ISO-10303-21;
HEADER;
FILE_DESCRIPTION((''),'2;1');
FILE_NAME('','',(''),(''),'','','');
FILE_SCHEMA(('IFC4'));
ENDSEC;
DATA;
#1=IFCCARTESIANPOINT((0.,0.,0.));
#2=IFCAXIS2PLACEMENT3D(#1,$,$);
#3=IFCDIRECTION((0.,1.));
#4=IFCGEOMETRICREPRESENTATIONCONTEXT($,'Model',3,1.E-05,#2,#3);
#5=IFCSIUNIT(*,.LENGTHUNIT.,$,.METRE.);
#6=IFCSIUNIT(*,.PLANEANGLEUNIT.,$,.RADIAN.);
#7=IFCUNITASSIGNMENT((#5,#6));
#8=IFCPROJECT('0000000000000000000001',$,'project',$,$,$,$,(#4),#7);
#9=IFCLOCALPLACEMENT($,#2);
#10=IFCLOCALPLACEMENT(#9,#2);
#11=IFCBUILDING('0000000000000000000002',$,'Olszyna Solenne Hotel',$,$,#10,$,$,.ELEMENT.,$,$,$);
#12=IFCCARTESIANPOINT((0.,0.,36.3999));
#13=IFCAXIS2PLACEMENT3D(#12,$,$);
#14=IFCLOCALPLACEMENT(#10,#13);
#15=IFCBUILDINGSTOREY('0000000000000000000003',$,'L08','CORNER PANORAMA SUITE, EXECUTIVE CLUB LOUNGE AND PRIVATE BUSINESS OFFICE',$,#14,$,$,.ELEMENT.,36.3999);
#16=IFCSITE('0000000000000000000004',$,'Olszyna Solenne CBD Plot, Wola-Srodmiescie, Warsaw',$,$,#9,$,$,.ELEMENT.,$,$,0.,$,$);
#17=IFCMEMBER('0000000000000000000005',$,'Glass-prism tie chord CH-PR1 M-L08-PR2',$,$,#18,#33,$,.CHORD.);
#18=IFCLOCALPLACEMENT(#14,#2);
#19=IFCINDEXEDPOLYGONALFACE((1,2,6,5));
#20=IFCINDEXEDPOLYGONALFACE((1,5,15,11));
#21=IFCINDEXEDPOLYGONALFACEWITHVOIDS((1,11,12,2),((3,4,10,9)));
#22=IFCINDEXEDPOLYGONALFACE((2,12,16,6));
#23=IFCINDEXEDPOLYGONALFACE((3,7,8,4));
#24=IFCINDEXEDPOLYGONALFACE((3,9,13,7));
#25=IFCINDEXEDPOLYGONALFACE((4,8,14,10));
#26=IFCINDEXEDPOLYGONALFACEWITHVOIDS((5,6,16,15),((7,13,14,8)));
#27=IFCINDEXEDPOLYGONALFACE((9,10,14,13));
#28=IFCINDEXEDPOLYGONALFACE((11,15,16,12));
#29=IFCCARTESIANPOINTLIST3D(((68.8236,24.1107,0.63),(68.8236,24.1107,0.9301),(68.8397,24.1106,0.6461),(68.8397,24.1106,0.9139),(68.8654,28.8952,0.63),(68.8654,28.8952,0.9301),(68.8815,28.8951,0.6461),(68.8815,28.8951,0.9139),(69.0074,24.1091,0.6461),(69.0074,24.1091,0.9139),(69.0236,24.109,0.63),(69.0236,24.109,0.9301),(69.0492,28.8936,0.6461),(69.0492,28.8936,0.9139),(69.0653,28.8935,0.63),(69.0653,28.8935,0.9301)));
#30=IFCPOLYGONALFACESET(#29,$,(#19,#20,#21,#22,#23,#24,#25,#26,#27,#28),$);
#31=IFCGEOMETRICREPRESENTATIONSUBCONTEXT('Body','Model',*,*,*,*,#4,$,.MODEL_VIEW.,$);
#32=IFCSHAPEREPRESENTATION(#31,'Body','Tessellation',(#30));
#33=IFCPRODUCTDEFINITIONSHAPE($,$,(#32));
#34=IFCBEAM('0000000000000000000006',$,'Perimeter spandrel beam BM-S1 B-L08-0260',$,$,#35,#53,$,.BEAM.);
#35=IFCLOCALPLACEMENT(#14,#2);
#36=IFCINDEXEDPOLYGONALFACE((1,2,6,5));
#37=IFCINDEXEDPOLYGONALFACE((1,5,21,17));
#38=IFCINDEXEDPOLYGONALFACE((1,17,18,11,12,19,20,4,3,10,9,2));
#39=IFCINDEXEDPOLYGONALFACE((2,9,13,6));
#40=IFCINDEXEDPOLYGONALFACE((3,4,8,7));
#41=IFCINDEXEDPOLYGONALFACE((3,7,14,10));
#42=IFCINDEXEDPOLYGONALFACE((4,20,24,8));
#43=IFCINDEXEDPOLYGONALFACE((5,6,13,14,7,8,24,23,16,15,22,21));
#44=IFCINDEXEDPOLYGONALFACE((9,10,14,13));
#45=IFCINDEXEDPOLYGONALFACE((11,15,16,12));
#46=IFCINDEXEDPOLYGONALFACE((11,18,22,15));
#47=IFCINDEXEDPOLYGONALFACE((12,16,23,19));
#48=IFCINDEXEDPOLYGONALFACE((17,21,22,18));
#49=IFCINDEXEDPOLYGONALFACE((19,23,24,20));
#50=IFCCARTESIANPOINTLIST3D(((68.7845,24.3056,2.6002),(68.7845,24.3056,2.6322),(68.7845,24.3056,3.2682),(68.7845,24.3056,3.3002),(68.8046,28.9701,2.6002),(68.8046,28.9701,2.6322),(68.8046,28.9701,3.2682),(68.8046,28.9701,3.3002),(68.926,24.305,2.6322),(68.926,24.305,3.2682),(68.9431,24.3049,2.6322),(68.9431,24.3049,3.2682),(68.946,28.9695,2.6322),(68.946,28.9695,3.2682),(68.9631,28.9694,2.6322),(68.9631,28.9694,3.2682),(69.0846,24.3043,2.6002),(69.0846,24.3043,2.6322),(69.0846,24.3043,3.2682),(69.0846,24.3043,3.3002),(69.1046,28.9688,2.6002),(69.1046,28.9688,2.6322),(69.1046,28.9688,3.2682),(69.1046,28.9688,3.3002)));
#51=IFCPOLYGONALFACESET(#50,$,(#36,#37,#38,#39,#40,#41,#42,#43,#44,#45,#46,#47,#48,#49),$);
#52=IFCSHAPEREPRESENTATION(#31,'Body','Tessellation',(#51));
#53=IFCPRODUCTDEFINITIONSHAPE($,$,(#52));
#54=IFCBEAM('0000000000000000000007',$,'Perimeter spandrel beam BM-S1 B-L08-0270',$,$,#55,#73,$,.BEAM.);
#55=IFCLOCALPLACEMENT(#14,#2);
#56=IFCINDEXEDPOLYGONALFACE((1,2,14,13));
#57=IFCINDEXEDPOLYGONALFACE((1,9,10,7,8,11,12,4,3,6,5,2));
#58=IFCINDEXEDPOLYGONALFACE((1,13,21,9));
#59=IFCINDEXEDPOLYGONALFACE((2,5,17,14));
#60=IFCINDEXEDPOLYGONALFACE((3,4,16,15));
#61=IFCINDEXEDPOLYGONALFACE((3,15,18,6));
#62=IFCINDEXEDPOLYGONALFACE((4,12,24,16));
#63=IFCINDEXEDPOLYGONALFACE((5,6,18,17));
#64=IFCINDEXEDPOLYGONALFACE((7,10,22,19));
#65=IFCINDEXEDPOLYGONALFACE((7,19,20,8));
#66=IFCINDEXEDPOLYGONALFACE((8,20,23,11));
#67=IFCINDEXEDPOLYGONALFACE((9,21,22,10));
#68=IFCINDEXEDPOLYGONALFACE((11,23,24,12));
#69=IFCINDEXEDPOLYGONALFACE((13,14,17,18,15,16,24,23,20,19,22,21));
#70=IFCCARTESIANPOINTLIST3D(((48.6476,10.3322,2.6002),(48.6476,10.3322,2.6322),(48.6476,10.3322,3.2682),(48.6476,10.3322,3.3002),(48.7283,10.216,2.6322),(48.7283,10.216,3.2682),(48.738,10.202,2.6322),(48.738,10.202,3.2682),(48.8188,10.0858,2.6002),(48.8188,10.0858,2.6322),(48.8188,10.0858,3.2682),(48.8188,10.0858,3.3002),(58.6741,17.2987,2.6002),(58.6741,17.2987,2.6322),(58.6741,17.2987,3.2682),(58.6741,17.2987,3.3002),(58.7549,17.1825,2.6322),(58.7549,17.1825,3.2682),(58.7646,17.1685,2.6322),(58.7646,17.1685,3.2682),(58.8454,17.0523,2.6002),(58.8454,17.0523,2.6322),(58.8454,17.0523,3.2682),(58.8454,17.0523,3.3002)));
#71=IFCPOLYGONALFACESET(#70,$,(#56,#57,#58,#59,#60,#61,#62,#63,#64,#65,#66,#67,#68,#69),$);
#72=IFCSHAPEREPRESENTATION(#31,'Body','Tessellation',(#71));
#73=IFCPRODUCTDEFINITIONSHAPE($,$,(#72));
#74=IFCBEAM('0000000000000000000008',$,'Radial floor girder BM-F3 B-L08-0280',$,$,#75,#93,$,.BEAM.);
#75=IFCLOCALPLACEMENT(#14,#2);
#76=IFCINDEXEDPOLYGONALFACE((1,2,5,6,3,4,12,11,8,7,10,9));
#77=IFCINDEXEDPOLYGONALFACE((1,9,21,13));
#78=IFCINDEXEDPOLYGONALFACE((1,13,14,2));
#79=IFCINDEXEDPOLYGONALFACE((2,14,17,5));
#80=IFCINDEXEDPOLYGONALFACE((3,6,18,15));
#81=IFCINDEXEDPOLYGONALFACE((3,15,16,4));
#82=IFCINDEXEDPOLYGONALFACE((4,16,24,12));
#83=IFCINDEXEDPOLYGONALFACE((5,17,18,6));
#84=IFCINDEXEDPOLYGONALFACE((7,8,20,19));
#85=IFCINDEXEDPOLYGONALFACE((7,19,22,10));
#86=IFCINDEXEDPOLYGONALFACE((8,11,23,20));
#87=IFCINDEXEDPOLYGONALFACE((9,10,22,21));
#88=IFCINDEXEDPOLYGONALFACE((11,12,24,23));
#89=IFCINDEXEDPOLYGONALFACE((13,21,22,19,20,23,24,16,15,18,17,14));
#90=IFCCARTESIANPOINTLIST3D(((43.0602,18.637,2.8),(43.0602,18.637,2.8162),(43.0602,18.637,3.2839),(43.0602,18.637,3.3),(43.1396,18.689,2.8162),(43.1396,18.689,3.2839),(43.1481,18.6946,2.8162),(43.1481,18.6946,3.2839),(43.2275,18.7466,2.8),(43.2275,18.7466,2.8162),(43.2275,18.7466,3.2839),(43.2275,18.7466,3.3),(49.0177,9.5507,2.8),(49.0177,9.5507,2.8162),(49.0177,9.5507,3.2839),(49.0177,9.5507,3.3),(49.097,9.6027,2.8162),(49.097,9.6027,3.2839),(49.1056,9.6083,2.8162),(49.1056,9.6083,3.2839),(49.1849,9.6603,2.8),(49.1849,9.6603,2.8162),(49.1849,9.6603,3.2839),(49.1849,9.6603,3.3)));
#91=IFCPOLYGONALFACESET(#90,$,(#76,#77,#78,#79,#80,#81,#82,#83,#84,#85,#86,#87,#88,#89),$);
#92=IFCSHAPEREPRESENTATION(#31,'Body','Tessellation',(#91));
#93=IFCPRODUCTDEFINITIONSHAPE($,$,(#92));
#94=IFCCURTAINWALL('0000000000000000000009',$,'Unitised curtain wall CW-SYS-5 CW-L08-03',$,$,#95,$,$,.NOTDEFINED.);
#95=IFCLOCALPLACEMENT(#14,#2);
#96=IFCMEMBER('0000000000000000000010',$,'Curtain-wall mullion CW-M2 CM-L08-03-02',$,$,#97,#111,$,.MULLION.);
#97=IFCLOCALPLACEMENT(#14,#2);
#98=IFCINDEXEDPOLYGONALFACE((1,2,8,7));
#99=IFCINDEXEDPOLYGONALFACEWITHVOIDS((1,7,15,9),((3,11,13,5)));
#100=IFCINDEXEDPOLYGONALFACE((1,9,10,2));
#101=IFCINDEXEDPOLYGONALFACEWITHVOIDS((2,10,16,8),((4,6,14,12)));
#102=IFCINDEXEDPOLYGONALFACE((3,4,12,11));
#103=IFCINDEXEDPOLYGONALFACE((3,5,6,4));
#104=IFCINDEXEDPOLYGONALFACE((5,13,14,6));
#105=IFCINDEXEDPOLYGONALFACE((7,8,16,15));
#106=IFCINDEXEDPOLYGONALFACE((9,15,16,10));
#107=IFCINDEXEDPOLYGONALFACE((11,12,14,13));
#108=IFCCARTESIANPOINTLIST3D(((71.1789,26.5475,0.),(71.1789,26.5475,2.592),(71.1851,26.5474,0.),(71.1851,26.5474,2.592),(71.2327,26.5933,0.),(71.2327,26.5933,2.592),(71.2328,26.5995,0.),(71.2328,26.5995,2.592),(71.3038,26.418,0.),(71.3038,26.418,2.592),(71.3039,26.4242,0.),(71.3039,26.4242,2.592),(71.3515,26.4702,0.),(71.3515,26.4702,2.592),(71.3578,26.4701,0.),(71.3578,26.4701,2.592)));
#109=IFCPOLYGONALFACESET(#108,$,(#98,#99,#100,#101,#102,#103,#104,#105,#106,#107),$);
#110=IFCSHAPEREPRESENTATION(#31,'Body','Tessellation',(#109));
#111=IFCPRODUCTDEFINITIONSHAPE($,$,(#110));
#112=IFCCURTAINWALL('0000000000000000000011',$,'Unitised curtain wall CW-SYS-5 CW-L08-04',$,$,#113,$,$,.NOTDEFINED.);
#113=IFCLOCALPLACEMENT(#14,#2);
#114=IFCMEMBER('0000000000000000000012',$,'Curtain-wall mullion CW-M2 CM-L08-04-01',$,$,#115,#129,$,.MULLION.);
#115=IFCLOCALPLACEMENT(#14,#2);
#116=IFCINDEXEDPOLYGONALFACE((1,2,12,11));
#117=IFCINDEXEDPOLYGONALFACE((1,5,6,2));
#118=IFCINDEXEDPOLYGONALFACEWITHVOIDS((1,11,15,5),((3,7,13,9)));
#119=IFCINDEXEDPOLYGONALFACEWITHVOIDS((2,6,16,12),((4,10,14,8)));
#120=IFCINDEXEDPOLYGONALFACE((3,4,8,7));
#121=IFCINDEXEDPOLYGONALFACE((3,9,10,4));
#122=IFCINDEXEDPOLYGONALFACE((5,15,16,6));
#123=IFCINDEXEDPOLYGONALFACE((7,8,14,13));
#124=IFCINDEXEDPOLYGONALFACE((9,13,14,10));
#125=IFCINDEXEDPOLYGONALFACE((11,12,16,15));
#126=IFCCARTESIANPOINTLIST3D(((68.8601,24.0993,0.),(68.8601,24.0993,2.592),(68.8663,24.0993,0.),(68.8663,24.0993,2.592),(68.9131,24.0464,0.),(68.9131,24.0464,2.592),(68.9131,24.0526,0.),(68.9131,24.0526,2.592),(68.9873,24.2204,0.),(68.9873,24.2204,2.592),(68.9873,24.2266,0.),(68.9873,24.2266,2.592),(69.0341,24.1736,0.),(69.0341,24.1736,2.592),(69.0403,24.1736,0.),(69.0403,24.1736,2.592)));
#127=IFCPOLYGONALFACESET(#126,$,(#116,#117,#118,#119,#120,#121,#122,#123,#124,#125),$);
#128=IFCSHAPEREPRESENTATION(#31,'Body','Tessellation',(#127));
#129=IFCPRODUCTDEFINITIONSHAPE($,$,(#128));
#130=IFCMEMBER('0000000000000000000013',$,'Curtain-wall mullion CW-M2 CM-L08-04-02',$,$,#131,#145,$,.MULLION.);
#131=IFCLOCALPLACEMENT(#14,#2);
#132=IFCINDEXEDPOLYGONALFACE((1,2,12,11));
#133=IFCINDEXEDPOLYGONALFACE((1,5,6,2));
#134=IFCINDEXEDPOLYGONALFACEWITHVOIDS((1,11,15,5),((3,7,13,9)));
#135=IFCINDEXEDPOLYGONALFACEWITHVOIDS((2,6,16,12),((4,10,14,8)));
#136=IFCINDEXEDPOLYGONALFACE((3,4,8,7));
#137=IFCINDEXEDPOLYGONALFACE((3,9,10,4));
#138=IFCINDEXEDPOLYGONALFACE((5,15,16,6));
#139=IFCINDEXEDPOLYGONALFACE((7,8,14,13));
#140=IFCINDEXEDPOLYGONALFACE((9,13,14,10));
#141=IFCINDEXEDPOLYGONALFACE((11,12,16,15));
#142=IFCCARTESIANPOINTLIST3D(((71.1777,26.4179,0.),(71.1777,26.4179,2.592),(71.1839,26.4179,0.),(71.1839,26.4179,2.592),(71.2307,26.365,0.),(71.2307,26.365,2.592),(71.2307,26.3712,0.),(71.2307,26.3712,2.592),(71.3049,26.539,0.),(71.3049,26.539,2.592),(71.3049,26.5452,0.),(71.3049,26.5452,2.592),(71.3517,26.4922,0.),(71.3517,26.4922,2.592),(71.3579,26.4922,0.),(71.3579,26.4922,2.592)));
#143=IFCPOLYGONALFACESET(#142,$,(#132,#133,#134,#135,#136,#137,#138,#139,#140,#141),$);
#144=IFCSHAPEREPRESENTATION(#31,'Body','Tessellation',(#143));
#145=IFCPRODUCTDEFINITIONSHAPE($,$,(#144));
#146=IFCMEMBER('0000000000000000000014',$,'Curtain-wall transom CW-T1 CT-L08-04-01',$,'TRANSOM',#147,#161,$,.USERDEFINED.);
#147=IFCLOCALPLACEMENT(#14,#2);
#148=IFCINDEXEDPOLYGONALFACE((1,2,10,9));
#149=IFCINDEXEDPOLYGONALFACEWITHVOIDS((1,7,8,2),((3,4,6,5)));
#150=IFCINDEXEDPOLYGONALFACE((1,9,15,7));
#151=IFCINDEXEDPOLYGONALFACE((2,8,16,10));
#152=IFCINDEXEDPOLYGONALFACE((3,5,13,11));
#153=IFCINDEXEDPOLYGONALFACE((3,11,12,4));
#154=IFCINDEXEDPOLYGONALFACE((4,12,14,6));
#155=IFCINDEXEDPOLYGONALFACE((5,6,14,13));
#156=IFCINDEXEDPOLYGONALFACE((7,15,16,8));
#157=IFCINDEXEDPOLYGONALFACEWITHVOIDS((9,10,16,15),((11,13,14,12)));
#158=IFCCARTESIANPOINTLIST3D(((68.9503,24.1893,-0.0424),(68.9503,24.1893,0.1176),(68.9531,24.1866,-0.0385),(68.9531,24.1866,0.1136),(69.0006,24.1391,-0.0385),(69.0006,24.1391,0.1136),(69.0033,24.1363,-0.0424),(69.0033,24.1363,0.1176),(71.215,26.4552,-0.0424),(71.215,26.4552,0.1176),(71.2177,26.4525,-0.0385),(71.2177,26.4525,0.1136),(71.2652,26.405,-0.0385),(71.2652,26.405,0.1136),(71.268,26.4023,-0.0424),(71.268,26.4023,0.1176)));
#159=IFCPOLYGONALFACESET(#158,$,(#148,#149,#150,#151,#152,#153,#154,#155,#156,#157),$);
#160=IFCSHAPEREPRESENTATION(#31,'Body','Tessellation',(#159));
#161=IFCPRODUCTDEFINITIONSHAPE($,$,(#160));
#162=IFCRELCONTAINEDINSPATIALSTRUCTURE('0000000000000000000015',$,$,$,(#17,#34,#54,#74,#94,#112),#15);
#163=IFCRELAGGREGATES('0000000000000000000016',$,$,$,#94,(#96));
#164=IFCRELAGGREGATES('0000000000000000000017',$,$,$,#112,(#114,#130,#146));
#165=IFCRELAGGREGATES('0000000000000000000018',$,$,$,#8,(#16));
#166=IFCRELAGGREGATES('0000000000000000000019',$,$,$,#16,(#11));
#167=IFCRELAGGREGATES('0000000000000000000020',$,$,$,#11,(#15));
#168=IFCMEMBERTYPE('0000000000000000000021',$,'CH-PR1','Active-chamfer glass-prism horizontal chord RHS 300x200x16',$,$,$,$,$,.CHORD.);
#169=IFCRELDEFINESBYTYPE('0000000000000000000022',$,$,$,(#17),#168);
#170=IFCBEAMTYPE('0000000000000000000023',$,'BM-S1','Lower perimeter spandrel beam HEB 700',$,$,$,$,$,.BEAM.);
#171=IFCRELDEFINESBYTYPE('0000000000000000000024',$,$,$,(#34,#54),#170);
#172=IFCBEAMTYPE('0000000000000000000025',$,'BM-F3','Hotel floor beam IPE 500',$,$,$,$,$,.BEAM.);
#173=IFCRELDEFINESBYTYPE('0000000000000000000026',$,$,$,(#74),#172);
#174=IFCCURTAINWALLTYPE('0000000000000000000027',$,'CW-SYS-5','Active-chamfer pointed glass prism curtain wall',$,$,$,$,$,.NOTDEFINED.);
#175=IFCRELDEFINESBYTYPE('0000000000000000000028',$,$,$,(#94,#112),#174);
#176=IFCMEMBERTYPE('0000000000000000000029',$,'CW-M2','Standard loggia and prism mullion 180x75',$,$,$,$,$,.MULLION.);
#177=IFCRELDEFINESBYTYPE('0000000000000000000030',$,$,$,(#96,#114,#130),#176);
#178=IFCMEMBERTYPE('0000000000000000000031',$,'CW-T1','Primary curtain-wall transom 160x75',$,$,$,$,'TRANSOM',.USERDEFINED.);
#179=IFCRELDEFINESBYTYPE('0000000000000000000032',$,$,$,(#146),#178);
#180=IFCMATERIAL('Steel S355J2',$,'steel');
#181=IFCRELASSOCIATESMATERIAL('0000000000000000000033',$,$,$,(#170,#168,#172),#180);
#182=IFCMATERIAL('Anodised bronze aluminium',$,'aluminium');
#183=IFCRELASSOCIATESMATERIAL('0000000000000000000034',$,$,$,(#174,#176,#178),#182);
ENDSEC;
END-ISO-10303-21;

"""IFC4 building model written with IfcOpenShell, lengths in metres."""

from ifc_helpers import new_model, si_unit, direction, frame, origin, origin_2d, place, context, subcontext, project, spatial, hollow_rectangle, i_section, extrude, source, transform, mapped, material, material_profile, profile_set, type_object, element, aggregate, save


model = new_model("IFC4")

# Units and contexts
model_context = context("Model", 3, precision=1e-05, world=origin(), true_north=direction((0.0, 1.0)))
body_context = subcontext(model_context, "Body", "Model", "MODEL_VIEW")
ifc_project = project(units=[si_unit("LENGTHUNIT", "METRE"), si_unit("PLANEANGLEUNIT", "RADIAN")], contexts=[model_context])

# Site, building, storey
site_placement = place(None, origin())
site = spatial("IfcSite", under=ifc_project, at=site_placement, Name="Olszyna Solenne CBD Plot, Wola-Srodmiescie, Warsaw", CompositionType="ELEMENT", RefElevation=0.0)
building_placement = place(site_placement, origin())
building = spatial("IfcBuilding", under=site, at=building_placement, Name="Olszyna Solenne Hotel", CompositionType="ELEMENT")
storey_placement = place(building_placement, frame((0.0, 0.0, 36.3999)))
storey = spatial("IfcBuildingStorey", under=building, at=storey_placement, Name="L08", Description="CORNER PANORAMA SUITE, EXECUTIVE CLUB LOUNGE AND PRIVATE BUSINESS OFFICE", CompositionType="ELEMENT", Elevation=36.3999)

# Shared definitions
ifc_material_1 = material(Name="Steel S355J2", Category="steel")
ifc_material_profile_1 = material_profile(ifc_material_1, i_section(OverallWidth=0.3, OverallDepth=0.7, WebThickness=0.0171, FlangeThickness=0.032, at=origin_2d()), Name="HEB 700", Category="load-bearing")
ifc_profile_set_1 = profile_set([ifc_material_profile_1], Name="Steel S355J2")
beam_type_1 = type_object("IfcBeamType", Name="BM-S1", Description="Lower perimeter spandrel beam HEB 700", PredefinedType="BEAM", material=ifc_profile_set_1)

# Member
ifc_material_profile_2 = material_profile(ifc_material_1, hollow_rectangle(XDim=0.2, YDim=0.3, WallThickness=0.0161, at=origin_2d()), Name="RHS 300x200x16", Category="load-bearing")
ifc_profile_set_2 = profile_set([ifc_material_profile_2], Name="Steel S355J2")
member_type_1 = type_object("IfcMemberType", Name="CH-PR1", Description="Active-chamfer glass-prism horizontal chord RHS 300x200x16", PredefinedType="CHORD", material=ifc_profile_set_2)
shared_shape_1 = source(origin(), body_context, "Body", "SweptSolid", [
    extrude(hollow_rectangle(XDim=0.2, YDim=0.3, WallThickness=0.0161, at=origin_2d()), origin(), (0.0, 0.0, 1.0), 4.7847),
])
for number, where, z_axis, x_axis, name in (
    (1, (68.9236, 24.1099, 0.78), (0.008725, 0.999962, 0.0), (-0.999962, 0.008725, 0.0), "Glass-prism tie chord CH-PR1 M-L08-PR2"),
):
    element("IfcMember", number, at=place(storey_placement, frame(where, z_axis=z_axis, x_axis=x_axis)), inside=storey, type_object=member_type_1, Name=name, PredefinedType="CHORD", context=body_context, shape_type="MappedRepresentation", body=[
        mapped(shared_shape_1, transform((0.0, 0.0, 0.0), x_axis=(1.0, 0.0, 0.0), y_axis=(0.0, 1.0, 0.0), z_axis=(0.0, 0.0, 1.0), scale=1.0)),
    ])

# Beams
shared_shape_2 = source(origin(), body_context, "Body", "SweptSolid", [
    extrude(i_section(OverallWidth=0.3, OverallDepth=0.7, WebThickness=0.0171, FlangeThickness=0.032, at=origin_2d()), origin(), (0.0, 0.0, 1.0), 4.6646),
])
beam_1_placement = place(storey_placement, frame((68.9346, 24.3049, 2.9502), z_axis=(0.004292, 0.999991, 0.0), x_axis=(-0.999991, 0.004292, 0.0)))
element("IfcBeam", 2, at=beam_1_placement, inside=storey, type_object=beam_type_1, Name="Perimeter spandrel beam BM-S1 B-L08-0260", PredefinedType="BEAM", context=body_context, shape_type="MappedRepresentation", body=[
    mapped(shared_shape_2, transform((0.0, 0.0, 0.0), x_axis=(1.0, 0.0, 0.0), y_axis=(0.0, 1.0, 0.0), z_axis=(0.0, 0.0, 1.0), scale=1.0)),
])
shared_shape_3 = source(origin(), body_context, "Body", "SweptSolid", [
    extrude(i_section(OverallWidth=0.3, OverallDepth=0.7, WebThickness=0.0171, FlangeThickness=0.032, at=origin_2d()), origin(), (0.0, 0.0, 1.0), 12.2092),
])
beam_2_placement = place(storey_placement, frame((48.7332, 10.209, 2.9502), z_axis=(0.821231, 0.570596, 0.0), x_axis=(-0.570596, 0.821231, 0.0)))
element("IfcBeam", 3, at=beam_2_placement, inside=storey, type_object=beam_type_1, Name="Perimeter spandrel beam BM-S1 B-L08-0270", PredefinedType="BEAM", context=body_context, shape_type="MappedRepresentation", body=[
    mapped(shared_shape_3, transform((0.0, 0.0, 0.0), x_axis=(1.0, 0.0, 0.0), y_axis=(0.0, 1.0, 0.0), z_axis=(0.0, 0.0, 1.0), scale=1.0)),
])
ifc_material_profile_3 = material_profile(ifc_material_1, i_section(OverallWidth=0.2, OverallDepth=0.5, WebThickness=0.0103, FlangeThickness=0.0161, at=origin_2d()), Name="IPE 500", Category="load-bearing")
ifc_profile_set_3 = profile_set([ifc_material_profile_3], Name="Steel S355J2")
beam_type_2 = type_object("IfcBeamType", Name="BM-F3", Description="Hotel floor beam IPE 500", PredefinedType="BEAM", material=ifc_profile_set_3)
shared_shape_4 = source(origin(), body_context, "Body", "SweptSolid", [
    extrude(i_section(OverallWidth=0.2, OverallDepth=0.5, WebThickness=0.0103, FlangeThickness=0.0161, at=origin_2d()), origin(), (0.0, 0.0, 1.0), 10.8652),
])
beam_3_placement = place(storey_placement, frame((49.1013, 9.6055, 3.05), z_axis=(-0.548306, 0.836278, 0.0), x_axis=(-0.836278, -0.548306, 0.0)))
element("IfcBeam", 4, at=beam_3_placement, inside=storey, type_object=beam_type_2, Name="Radial floor girder BM-F3 B-L08-0280", PredefinedType="BEAM", context=body_context, shape_type="MappedRepresentation", body=[
    mapped(shared_shape_4, transform((0.0, 0.0, 0.0), x_axis=(1.0, 0.0, 0.0), y_axis=(0.0, 1.0, 0.0), z_axis=(0.0, 0.0, 1.0), scale=1.0)),
])

# Curtain wall, member
ifc_material_2 = material(Name="Anodised bronze aluminium", Category="aluminium")
curtain_wall_type = type_object("IfcCurtainWallType", Name="CW-SYS-5", Description="Active-chamfer pointed glass prism curtain wall", PredefinedType="NOTDEFINED", material=ifc_material_2)
curtain_wall_1_placement = place(storey_placement, origin())
curtain_wall_1 = element("IfcCurtainWall", 5, at=curtain_wall_1_placement, inside=storey, type_object=curtain_wall_type, Name="Unitised curtain wall CW-SYS-5 CW-L08-03", PredefinedType="NOTDEFINED")
ifc_material_profile_4 = material_profile(ifc_material_2, hollow_rectangle(XDim=0.075, YDim=0.1799, WallThickness=0.0044, at=origin_2d()), Name="MULL 180x75x4.5", Category="load-bearing")
ifc_profile_set_4 = profile_set([ifc_material_profile_4], Name="Anodised bronze aluminium")
member_type_2 = type_object("IfcMemberType", Name="CW-M2", Description="Standard loggia and prism mullion 180x75", PredefinedType="MULLION", material=ifc_profile_set_4)
shared_shape_5 = source(origin(), body_context, "Body", "SweptSolid", [
    extrude(hollow_rectangle(XDim=0.075, YDim=0.1799, WallThickness=0.0044, at=origin_2d()), origin(), (0.0, 0.0, 1.0), 2.592),
])
member_1_placement = place(storey_placement, frame((71.2683, 26.5088, 0.0), z_axis=(0.0, 0.0, 1.0), x_axis=(0.719462, 0.694532, 0.0)))
member_1 = element("IfcMember", 6, at=member_1_placement, type_object=member_type_2, Name="Curtain-wall mullion CW-M2 CM-L08-03-02", PredefinedType="MULLION", context=body_context, shape_type="MappedRepresentation", body=[
    mapped(shared_shape_5, transform((0.0, 0.0, 0.0), x_axis=(1.0, 0.0, 0.0), y_axis=(0.0, 1.0, 0.0), z_axis=(0.0, 0.0, 1.0), scale=1.0)),
])
aggregate(curtain_wall_1, [member_1])

# Curtain wall, members
curtain_wall_2_placement = place(storey_placement, origin())
curtain_wall_2 = element("IfcCurtainWall", 7, at=curtain_wall_2_placement, inside=storey, type_object=curtain_wall_type, Name="Unitised curtain wall CW-SYS-5 CW-L08-04", PredefinedType="NOTDEFINED")
member_2_placement = place(storey_placement, frame((68.9502, 24.1365, 0.0), z_axis=(0.0, 0.0, 1.0), x_axis=(-0.707271, 0.706943, 0.0)))
member_2 = element("IfcMember", 8, at=member_2_placement, type_object=member_type_2, Name="Curtain-wall mullion CW-M2 CM-L08-04-01", PredefinedType="MULLION", context=body_context, shape_type="MappedRepresentation", body=[
    mapped(shared_shape_5, transform((0.0, 0.0, 0.0), x_axis=(1.0, 0.0, 0.0), y_axis=(0.0, 1.0, 0.0), z_axis=(0.0, 0.0, 1.0), scale=1.0)),
])
member_3_placement = place(storey_placement, frame((71.2678, 26.4551, 0.0), z_axis=(0.0, 0.0, 1.0), x_axis=(-0.707271, 0.706943, 0.0)))
member_3 = element("IfcMember", 9, at=member_3_placement, type_object=member_type_2, Name="Curtain-wall mullion CW-M2 CM-L08-04-02", PredefinedType="MULLION", context=body_context, shape_type="MappedRepresentation", body=[
    mapped(shared_shape_5, transform((0.0, 0.0, 0.0), x_axis=(1.0, 0.0, 0.0), y_axis=(0.0, 1.0, 0.0), z_axis=(0.0, 0.0, 1.0), scale=1.0)),
])
ifc_material_profile_5 = material_profile(ifc_material_2, hollow_rectangle(XDim=0.075, YDim=0.1599, WallThickness=0.0039, at=origin_2d()), Name="TRAN 160x75x4", Category="load-bearing")
ifc_profile_set_5 = profile_set([ifc_material_profile_5], Name="Anodised bronze aluminium")
member_type_3 = type_object("IfcMemberType", Name="CW-T1", Description="Primary curtain-wall transom 160x75", ElementType="TRANSOM", PredefinedType="USERDEFINED", material=ifc_profile_set_5)
shared_shape_6 = source(origin(), body_context, "Body", "SweptSolid", [
    extrude(hollow_rectangle(XDim=0.075, YDim=0.1599, WallThickness=0.0039, at=origin_2d()), origin(), (0.0, 0.0, 1.0), 3.2036),
])
member_4_placement = place(storey_placement, frame((68.9768, 24.1628, 0.0376), z_axis=(0.706916, 0.707297, 0.0), x_axis=(-0.707297, 0.706916, 0.0)))
member_4 = element("IfcMember", 10, at=member_4_placement, type_object=member_type_3, Name="Curtain-wall transom CW-T1 CT-L08-04-01", ObjectType="TRANSOM", PredefinedType="USERDEFINED", context=body_context, shape_type="MappedRepresentation", body=[
    mapped(shared_shape_6, transform((0.0, 0.0, 0.0), x_axis=(1.0, 0.0, 0.0), y_axis=(0.0, 1.0, 0.0), z_axis=(0.0, 0.0, 1.0), scale=1.0)),
])

aggregate(curtain_wall_2, [member_2, member_3, member_4])

save(model, "model.ifc")
